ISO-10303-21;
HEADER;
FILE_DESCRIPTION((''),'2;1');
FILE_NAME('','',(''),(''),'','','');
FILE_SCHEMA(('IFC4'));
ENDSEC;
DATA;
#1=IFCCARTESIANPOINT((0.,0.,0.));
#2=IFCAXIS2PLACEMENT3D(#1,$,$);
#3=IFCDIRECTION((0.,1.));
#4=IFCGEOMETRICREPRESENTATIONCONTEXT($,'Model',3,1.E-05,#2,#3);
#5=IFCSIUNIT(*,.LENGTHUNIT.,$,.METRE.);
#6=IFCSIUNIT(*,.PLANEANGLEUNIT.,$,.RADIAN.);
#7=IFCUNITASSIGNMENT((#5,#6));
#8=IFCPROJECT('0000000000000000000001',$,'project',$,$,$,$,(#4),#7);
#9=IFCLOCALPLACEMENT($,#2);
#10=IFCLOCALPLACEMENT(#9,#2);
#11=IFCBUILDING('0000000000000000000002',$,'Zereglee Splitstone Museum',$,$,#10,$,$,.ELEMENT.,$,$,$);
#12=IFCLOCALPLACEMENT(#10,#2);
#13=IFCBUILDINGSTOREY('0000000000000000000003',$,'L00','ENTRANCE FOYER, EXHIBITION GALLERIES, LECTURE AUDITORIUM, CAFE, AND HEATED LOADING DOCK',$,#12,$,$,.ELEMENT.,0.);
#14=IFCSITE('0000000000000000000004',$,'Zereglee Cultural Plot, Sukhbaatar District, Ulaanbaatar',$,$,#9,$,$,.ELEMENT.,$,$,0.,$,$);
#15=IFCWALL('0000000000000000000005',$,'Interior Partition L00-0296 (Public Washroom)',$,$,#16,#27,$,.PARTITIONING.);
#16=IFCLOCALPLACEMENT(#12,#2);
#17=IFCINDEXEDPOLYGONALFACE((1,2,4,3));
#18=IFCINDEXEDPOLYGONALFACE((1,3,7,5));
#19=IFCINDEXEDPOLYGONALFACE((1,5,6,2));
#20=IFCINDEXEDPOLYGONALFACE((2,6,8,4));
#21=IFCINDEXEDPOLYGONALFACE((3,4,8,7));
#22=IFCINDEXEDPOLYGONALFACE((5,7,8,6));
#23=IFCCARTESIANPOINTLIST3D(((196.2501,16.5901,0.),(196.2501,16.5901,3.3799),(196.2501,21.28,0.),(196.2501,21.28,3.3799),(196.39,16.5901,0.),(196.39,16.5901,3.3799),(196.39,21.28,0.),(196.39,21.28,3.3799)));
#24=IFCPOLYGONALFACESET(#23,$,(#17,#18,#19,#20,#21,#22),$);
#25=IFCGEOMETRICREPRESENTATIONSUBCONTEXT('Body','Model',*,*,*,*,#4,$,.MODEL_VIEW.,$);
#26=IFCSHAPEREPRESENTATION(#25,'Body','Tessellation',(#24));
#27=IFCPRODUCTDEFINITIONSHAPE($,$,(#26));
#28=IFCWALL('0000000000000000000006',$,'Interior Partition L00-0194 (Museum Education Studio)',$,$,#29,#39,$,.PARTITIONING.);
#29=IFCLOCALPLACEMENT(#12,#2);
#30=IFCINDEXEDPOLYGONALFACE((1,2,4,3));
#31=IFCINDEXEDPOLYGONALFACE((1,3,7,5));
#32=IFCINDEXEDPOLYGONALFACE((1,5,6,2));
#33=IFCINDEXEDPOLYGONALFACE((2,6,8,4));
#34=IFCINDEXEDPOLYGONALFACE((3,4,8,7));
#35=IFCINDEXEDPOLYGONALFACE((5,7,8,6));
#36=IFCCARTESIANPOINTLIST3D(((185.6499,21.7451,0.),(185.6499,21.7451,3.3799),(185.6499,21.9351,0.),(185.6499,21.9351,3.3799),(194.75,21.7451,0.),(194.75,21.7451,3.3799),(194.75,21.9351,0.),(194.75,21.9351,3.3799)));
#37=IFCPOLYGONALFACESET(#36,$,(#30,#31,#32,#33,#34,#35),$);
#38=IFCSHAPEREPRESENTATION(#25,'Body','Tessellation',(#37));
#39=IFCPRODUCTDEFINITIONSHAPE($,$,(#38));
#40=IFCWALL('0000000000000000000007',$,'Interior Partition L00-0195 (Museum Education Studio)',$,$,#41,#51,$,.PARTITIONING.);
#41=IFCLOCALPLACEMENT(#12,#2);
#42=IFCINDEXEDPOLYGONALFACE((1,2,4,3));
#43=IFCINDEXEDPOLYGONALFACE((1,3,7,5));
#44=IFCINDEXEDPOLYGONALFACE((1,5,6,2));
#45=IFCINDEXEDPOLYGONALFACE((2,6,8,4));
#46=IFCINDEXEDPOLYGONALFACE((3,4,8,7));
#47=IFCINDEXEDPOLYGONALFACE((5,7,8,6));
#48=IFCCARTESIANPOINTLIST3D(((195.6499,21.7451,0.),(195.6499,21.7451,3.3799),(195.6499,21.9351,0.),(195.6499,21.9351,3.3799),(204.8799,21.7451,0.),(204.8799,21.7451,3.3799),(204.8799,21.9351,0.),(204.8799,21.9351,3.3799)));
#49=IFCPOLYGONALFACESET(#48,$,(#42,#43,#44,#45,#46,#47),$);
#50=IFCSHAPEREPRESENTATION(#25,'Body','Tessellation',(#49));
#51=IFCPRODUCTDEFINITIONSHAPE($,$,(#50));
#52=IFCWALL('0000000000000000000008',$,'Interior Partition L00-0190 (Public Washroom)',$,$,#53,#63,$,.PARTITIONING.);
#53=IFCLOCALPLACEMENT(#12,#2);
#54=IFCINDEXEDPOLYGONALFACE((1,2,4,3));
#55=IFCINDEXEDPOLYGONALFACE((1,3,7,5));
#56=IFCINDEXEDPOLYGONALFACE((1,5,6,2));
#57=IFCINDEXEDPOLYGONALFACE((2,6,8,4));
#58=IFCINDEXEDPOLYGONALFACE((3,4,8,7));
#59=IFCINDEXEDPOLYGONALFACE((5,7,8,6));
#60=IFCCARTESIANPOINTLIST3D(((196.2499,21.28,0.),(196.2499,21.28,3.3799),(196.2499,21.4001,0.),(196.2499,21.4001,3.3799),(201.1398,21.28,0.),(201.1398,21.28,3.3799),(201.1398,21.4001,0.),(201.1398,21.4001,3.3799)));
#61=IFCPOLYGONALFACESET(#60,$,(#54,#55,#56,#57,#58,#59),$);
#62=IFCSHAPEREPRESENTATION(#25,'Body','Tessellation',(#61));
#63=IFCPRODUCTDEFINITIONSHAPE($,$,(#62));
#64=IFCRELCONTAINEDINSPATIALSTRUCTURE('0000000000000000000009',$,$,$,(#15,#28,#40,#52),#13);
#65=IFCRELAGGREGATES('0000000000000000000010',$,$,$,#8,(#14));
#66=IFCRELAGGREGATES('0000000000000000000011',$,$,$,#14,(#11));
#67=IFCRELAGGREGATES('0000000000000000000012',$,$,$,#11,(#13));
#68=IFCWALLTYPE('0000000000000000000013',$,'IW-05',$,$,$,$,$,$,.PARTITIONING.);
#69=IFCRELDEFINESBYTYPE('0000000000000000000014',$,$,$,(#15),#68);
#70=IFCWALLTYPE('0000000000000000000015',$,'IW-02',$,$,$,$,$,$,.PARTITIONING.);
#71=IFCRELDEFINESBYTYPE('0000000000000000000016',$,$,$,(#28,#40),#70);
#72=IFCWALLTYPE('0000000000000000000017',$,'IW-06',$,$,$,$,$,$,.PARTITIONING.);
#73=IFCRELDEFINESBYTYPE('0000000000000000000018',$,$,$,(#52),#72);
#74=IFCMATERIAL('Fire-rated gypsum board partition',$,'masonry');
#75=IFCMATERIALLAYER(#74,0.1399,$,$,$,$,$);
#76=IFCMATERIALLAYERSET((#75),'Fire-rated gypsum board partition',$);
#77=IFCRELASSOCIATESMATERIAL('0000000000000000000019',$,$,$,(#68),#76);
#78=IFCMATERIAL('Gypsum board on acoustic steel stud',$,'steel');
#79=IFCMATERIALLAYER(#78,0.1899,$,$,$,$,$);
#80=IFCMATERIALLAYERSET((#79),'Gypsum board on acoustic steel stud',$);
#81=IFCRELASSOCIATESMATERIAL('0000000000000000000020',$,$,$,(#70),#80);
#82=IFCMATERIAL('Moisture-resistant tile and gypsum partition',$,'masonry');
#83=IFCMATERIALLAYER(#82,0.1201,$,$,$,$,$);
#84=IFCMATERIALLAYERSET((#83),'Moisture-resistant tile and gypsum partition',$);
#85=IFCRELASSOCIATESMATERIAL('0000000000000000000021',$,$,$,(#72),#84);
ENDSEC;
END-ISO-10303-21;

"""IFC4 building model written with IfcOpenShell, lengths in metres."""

from ifc_helpers import new_model, si_unit, direction, frame, frame_2d, origin, place, context, subcontext, project, spatial, rectangle, extrude, material, layer, layer_set, type_object, element, save


model = new_model("IFC4")

# Units and contexts
model_context = context("Model", 3, precision=1e-05, world=origin(), true_north=direction((0.0, 1.0)))
body_context = subcontext(model_context, "Body", "Model", "MODEL_VIEW")
ifc_project = project(units=[si_unit("LENGTHUNIT", "METRE"), si_unit("PLANEANGLEUNIT", "RADIAN")], contexts=[model_context])

# Site, building, storey
site_placement = place(None, origin())
site = spatial("IfcSite", under=ifc_project, at=site_placement, Name="Zereglee Cultural Plot, Sukhbaatar District, Ulaanbaatar", CompositionType="ELEMENT", RefElevation=0.0)
building_placement = place(site_placement, origin())
building = spatial("IfcBuilding", under=site, at=building_placement, Name="Zereglee Splitstone Museum", CompositionType="ELEMENT")
storey_placement = place(building_placement, origin())
storey = spatial("IfcBuildingStorey", under=building, at=storey_placement, Name="L00", Description="ENTRANCE FOYER, EXHIBITION GALLERIES, LECTURE AUDITORIUM, CAFE, AND HEATED LOADING DOCK", CompositionType="ELEMENT", Elevation=0.0)

# Walls
ifc_material_1 = material(Name="Fire-rated gypsum board partition", Category="masonry")
ifc_layer_1 = layer(ifc_material_1, 0.1399)
ifc_layer_set_1 = layer_set([ifc_layer_1], Name="Fire-rated gypsum board partition")
wall_type_1 = type_object("IfcWallType", Name="IW-05", PredefinedType="PARTITIONING", material=ifc_layer_set_1)
wall_1_placement = place(storey_placement, frame((196.3201, 16.5901, 0.0), z_axis=(0.0, 0.0, 1.0), x_axis=(0.0, 1.0, 0.0)))
element("IfcWall", 1, at=wall_1_placement, inside=storey, type_object=wall_type_1, Name="Interior Partition L00-0296 (Public Washroom)", PredefinedType="PARTITIONING", context=body_context, shape_type="SweptSolid", body=[
    extrude(rectangle(XDim=4.6899, YDim=0.1399, at=frame_2d((2.345, 0.0))), origin(), (0.0, 0.0, 1.0), 3.3799),
])
ifc_material_2 = material(Name="Gypsum board on acoustic steel stud", Category="steel")
ifc_layer_2 = layer(ifc_material_2, 0.1899)
ifc_layer_set_2 = layer_set([ifc_layer_2], Name="Gypsum board on acoustic steel stud")
wall_type_2 = type_object("IfcWallType", Name="IW-02", PredefinedType="PARTITIONING", material=ifc_layer_set_2)
wall_2_placement = place(storey_placement, frame((185.6499, 21.8401, 0.0), z_axis=(0.0, 0.0, 1.0), x_axis=(1.0, 0.0, 0.0)))
element("IfcWall", 2, at=wall_2_placement, inside=storey, type_object=wall_type_2, Name="Interior Partition L00-0194 (Museum Education Studio)", PredefinedType="PARTITIONING", context=body_context, shape_type="SweptSolid", body=[
    extrude(rectangle(XDim=9.1001, YDim=0.1899, at=frame_2d((4.55, 0.0))), origin(), (0.0, 0.0, 1.0), 3.3799),
])
wall_3_placement = place(storey_placement, frame((195.6499, 21.8401, 0.0), z_axis=(0.0, 0.0, 1.0), x_axis=(1.0, 0.0, 0.0)))
element("IfcWall", 3, at=wall_3_placement, inside=storey, type_object=wall_type_2, Name="Interior Partition L00-0195 (Museum Education Studio)", PredefinedType="PARTITIONING", context=body_context, shape_type="SweptSolid", body=[
    extrude(rectangle(XDim=9.23, YDim=0.1899, at=frame_2d((4.615, 0.0))), origin(), (0.0, 0.0, 1.0), 3.3799),
])
ifc_material_3 = material(Name="Moisture-resistant tile and gypsum partition", Category="masonry")
ifc_layer_3 = layer(ifc_material_3, 0.1201)
ifc_layer_set_3 = layer_set([ifc_layer_3], Name="Moisture-resistant tile and gypsum partition")
wall_type_3 = type_object("IfcWallType", Name="IW-06", PredefinedType="PARTITIONING", material=ifc_layer_set_3)
wall_4_placement = place(storey_placement, frame((196.25, 21.3401, 0.0), z_axis=(0.0, 0.0, 1.0), x_axis=(1.0, 0.0, 0.0)))
element("IfcWall", 4, at=wall_4_placement, inside=storey, type_object=wall_type_3, Name="Interior Partition L00-0190 (Public Washroom)", PredefinedType="PARTITIONING", context=body_context, shape_type="SweptSolid", body=[
    extrude(rectangle(XDim=4.8899, YDim=0.1201, at=frame_2d((2.4448, 0.0))), origin(), (0.0, 0.0, 1.0), 3.3799),
])

save(model, "model.ifc")
